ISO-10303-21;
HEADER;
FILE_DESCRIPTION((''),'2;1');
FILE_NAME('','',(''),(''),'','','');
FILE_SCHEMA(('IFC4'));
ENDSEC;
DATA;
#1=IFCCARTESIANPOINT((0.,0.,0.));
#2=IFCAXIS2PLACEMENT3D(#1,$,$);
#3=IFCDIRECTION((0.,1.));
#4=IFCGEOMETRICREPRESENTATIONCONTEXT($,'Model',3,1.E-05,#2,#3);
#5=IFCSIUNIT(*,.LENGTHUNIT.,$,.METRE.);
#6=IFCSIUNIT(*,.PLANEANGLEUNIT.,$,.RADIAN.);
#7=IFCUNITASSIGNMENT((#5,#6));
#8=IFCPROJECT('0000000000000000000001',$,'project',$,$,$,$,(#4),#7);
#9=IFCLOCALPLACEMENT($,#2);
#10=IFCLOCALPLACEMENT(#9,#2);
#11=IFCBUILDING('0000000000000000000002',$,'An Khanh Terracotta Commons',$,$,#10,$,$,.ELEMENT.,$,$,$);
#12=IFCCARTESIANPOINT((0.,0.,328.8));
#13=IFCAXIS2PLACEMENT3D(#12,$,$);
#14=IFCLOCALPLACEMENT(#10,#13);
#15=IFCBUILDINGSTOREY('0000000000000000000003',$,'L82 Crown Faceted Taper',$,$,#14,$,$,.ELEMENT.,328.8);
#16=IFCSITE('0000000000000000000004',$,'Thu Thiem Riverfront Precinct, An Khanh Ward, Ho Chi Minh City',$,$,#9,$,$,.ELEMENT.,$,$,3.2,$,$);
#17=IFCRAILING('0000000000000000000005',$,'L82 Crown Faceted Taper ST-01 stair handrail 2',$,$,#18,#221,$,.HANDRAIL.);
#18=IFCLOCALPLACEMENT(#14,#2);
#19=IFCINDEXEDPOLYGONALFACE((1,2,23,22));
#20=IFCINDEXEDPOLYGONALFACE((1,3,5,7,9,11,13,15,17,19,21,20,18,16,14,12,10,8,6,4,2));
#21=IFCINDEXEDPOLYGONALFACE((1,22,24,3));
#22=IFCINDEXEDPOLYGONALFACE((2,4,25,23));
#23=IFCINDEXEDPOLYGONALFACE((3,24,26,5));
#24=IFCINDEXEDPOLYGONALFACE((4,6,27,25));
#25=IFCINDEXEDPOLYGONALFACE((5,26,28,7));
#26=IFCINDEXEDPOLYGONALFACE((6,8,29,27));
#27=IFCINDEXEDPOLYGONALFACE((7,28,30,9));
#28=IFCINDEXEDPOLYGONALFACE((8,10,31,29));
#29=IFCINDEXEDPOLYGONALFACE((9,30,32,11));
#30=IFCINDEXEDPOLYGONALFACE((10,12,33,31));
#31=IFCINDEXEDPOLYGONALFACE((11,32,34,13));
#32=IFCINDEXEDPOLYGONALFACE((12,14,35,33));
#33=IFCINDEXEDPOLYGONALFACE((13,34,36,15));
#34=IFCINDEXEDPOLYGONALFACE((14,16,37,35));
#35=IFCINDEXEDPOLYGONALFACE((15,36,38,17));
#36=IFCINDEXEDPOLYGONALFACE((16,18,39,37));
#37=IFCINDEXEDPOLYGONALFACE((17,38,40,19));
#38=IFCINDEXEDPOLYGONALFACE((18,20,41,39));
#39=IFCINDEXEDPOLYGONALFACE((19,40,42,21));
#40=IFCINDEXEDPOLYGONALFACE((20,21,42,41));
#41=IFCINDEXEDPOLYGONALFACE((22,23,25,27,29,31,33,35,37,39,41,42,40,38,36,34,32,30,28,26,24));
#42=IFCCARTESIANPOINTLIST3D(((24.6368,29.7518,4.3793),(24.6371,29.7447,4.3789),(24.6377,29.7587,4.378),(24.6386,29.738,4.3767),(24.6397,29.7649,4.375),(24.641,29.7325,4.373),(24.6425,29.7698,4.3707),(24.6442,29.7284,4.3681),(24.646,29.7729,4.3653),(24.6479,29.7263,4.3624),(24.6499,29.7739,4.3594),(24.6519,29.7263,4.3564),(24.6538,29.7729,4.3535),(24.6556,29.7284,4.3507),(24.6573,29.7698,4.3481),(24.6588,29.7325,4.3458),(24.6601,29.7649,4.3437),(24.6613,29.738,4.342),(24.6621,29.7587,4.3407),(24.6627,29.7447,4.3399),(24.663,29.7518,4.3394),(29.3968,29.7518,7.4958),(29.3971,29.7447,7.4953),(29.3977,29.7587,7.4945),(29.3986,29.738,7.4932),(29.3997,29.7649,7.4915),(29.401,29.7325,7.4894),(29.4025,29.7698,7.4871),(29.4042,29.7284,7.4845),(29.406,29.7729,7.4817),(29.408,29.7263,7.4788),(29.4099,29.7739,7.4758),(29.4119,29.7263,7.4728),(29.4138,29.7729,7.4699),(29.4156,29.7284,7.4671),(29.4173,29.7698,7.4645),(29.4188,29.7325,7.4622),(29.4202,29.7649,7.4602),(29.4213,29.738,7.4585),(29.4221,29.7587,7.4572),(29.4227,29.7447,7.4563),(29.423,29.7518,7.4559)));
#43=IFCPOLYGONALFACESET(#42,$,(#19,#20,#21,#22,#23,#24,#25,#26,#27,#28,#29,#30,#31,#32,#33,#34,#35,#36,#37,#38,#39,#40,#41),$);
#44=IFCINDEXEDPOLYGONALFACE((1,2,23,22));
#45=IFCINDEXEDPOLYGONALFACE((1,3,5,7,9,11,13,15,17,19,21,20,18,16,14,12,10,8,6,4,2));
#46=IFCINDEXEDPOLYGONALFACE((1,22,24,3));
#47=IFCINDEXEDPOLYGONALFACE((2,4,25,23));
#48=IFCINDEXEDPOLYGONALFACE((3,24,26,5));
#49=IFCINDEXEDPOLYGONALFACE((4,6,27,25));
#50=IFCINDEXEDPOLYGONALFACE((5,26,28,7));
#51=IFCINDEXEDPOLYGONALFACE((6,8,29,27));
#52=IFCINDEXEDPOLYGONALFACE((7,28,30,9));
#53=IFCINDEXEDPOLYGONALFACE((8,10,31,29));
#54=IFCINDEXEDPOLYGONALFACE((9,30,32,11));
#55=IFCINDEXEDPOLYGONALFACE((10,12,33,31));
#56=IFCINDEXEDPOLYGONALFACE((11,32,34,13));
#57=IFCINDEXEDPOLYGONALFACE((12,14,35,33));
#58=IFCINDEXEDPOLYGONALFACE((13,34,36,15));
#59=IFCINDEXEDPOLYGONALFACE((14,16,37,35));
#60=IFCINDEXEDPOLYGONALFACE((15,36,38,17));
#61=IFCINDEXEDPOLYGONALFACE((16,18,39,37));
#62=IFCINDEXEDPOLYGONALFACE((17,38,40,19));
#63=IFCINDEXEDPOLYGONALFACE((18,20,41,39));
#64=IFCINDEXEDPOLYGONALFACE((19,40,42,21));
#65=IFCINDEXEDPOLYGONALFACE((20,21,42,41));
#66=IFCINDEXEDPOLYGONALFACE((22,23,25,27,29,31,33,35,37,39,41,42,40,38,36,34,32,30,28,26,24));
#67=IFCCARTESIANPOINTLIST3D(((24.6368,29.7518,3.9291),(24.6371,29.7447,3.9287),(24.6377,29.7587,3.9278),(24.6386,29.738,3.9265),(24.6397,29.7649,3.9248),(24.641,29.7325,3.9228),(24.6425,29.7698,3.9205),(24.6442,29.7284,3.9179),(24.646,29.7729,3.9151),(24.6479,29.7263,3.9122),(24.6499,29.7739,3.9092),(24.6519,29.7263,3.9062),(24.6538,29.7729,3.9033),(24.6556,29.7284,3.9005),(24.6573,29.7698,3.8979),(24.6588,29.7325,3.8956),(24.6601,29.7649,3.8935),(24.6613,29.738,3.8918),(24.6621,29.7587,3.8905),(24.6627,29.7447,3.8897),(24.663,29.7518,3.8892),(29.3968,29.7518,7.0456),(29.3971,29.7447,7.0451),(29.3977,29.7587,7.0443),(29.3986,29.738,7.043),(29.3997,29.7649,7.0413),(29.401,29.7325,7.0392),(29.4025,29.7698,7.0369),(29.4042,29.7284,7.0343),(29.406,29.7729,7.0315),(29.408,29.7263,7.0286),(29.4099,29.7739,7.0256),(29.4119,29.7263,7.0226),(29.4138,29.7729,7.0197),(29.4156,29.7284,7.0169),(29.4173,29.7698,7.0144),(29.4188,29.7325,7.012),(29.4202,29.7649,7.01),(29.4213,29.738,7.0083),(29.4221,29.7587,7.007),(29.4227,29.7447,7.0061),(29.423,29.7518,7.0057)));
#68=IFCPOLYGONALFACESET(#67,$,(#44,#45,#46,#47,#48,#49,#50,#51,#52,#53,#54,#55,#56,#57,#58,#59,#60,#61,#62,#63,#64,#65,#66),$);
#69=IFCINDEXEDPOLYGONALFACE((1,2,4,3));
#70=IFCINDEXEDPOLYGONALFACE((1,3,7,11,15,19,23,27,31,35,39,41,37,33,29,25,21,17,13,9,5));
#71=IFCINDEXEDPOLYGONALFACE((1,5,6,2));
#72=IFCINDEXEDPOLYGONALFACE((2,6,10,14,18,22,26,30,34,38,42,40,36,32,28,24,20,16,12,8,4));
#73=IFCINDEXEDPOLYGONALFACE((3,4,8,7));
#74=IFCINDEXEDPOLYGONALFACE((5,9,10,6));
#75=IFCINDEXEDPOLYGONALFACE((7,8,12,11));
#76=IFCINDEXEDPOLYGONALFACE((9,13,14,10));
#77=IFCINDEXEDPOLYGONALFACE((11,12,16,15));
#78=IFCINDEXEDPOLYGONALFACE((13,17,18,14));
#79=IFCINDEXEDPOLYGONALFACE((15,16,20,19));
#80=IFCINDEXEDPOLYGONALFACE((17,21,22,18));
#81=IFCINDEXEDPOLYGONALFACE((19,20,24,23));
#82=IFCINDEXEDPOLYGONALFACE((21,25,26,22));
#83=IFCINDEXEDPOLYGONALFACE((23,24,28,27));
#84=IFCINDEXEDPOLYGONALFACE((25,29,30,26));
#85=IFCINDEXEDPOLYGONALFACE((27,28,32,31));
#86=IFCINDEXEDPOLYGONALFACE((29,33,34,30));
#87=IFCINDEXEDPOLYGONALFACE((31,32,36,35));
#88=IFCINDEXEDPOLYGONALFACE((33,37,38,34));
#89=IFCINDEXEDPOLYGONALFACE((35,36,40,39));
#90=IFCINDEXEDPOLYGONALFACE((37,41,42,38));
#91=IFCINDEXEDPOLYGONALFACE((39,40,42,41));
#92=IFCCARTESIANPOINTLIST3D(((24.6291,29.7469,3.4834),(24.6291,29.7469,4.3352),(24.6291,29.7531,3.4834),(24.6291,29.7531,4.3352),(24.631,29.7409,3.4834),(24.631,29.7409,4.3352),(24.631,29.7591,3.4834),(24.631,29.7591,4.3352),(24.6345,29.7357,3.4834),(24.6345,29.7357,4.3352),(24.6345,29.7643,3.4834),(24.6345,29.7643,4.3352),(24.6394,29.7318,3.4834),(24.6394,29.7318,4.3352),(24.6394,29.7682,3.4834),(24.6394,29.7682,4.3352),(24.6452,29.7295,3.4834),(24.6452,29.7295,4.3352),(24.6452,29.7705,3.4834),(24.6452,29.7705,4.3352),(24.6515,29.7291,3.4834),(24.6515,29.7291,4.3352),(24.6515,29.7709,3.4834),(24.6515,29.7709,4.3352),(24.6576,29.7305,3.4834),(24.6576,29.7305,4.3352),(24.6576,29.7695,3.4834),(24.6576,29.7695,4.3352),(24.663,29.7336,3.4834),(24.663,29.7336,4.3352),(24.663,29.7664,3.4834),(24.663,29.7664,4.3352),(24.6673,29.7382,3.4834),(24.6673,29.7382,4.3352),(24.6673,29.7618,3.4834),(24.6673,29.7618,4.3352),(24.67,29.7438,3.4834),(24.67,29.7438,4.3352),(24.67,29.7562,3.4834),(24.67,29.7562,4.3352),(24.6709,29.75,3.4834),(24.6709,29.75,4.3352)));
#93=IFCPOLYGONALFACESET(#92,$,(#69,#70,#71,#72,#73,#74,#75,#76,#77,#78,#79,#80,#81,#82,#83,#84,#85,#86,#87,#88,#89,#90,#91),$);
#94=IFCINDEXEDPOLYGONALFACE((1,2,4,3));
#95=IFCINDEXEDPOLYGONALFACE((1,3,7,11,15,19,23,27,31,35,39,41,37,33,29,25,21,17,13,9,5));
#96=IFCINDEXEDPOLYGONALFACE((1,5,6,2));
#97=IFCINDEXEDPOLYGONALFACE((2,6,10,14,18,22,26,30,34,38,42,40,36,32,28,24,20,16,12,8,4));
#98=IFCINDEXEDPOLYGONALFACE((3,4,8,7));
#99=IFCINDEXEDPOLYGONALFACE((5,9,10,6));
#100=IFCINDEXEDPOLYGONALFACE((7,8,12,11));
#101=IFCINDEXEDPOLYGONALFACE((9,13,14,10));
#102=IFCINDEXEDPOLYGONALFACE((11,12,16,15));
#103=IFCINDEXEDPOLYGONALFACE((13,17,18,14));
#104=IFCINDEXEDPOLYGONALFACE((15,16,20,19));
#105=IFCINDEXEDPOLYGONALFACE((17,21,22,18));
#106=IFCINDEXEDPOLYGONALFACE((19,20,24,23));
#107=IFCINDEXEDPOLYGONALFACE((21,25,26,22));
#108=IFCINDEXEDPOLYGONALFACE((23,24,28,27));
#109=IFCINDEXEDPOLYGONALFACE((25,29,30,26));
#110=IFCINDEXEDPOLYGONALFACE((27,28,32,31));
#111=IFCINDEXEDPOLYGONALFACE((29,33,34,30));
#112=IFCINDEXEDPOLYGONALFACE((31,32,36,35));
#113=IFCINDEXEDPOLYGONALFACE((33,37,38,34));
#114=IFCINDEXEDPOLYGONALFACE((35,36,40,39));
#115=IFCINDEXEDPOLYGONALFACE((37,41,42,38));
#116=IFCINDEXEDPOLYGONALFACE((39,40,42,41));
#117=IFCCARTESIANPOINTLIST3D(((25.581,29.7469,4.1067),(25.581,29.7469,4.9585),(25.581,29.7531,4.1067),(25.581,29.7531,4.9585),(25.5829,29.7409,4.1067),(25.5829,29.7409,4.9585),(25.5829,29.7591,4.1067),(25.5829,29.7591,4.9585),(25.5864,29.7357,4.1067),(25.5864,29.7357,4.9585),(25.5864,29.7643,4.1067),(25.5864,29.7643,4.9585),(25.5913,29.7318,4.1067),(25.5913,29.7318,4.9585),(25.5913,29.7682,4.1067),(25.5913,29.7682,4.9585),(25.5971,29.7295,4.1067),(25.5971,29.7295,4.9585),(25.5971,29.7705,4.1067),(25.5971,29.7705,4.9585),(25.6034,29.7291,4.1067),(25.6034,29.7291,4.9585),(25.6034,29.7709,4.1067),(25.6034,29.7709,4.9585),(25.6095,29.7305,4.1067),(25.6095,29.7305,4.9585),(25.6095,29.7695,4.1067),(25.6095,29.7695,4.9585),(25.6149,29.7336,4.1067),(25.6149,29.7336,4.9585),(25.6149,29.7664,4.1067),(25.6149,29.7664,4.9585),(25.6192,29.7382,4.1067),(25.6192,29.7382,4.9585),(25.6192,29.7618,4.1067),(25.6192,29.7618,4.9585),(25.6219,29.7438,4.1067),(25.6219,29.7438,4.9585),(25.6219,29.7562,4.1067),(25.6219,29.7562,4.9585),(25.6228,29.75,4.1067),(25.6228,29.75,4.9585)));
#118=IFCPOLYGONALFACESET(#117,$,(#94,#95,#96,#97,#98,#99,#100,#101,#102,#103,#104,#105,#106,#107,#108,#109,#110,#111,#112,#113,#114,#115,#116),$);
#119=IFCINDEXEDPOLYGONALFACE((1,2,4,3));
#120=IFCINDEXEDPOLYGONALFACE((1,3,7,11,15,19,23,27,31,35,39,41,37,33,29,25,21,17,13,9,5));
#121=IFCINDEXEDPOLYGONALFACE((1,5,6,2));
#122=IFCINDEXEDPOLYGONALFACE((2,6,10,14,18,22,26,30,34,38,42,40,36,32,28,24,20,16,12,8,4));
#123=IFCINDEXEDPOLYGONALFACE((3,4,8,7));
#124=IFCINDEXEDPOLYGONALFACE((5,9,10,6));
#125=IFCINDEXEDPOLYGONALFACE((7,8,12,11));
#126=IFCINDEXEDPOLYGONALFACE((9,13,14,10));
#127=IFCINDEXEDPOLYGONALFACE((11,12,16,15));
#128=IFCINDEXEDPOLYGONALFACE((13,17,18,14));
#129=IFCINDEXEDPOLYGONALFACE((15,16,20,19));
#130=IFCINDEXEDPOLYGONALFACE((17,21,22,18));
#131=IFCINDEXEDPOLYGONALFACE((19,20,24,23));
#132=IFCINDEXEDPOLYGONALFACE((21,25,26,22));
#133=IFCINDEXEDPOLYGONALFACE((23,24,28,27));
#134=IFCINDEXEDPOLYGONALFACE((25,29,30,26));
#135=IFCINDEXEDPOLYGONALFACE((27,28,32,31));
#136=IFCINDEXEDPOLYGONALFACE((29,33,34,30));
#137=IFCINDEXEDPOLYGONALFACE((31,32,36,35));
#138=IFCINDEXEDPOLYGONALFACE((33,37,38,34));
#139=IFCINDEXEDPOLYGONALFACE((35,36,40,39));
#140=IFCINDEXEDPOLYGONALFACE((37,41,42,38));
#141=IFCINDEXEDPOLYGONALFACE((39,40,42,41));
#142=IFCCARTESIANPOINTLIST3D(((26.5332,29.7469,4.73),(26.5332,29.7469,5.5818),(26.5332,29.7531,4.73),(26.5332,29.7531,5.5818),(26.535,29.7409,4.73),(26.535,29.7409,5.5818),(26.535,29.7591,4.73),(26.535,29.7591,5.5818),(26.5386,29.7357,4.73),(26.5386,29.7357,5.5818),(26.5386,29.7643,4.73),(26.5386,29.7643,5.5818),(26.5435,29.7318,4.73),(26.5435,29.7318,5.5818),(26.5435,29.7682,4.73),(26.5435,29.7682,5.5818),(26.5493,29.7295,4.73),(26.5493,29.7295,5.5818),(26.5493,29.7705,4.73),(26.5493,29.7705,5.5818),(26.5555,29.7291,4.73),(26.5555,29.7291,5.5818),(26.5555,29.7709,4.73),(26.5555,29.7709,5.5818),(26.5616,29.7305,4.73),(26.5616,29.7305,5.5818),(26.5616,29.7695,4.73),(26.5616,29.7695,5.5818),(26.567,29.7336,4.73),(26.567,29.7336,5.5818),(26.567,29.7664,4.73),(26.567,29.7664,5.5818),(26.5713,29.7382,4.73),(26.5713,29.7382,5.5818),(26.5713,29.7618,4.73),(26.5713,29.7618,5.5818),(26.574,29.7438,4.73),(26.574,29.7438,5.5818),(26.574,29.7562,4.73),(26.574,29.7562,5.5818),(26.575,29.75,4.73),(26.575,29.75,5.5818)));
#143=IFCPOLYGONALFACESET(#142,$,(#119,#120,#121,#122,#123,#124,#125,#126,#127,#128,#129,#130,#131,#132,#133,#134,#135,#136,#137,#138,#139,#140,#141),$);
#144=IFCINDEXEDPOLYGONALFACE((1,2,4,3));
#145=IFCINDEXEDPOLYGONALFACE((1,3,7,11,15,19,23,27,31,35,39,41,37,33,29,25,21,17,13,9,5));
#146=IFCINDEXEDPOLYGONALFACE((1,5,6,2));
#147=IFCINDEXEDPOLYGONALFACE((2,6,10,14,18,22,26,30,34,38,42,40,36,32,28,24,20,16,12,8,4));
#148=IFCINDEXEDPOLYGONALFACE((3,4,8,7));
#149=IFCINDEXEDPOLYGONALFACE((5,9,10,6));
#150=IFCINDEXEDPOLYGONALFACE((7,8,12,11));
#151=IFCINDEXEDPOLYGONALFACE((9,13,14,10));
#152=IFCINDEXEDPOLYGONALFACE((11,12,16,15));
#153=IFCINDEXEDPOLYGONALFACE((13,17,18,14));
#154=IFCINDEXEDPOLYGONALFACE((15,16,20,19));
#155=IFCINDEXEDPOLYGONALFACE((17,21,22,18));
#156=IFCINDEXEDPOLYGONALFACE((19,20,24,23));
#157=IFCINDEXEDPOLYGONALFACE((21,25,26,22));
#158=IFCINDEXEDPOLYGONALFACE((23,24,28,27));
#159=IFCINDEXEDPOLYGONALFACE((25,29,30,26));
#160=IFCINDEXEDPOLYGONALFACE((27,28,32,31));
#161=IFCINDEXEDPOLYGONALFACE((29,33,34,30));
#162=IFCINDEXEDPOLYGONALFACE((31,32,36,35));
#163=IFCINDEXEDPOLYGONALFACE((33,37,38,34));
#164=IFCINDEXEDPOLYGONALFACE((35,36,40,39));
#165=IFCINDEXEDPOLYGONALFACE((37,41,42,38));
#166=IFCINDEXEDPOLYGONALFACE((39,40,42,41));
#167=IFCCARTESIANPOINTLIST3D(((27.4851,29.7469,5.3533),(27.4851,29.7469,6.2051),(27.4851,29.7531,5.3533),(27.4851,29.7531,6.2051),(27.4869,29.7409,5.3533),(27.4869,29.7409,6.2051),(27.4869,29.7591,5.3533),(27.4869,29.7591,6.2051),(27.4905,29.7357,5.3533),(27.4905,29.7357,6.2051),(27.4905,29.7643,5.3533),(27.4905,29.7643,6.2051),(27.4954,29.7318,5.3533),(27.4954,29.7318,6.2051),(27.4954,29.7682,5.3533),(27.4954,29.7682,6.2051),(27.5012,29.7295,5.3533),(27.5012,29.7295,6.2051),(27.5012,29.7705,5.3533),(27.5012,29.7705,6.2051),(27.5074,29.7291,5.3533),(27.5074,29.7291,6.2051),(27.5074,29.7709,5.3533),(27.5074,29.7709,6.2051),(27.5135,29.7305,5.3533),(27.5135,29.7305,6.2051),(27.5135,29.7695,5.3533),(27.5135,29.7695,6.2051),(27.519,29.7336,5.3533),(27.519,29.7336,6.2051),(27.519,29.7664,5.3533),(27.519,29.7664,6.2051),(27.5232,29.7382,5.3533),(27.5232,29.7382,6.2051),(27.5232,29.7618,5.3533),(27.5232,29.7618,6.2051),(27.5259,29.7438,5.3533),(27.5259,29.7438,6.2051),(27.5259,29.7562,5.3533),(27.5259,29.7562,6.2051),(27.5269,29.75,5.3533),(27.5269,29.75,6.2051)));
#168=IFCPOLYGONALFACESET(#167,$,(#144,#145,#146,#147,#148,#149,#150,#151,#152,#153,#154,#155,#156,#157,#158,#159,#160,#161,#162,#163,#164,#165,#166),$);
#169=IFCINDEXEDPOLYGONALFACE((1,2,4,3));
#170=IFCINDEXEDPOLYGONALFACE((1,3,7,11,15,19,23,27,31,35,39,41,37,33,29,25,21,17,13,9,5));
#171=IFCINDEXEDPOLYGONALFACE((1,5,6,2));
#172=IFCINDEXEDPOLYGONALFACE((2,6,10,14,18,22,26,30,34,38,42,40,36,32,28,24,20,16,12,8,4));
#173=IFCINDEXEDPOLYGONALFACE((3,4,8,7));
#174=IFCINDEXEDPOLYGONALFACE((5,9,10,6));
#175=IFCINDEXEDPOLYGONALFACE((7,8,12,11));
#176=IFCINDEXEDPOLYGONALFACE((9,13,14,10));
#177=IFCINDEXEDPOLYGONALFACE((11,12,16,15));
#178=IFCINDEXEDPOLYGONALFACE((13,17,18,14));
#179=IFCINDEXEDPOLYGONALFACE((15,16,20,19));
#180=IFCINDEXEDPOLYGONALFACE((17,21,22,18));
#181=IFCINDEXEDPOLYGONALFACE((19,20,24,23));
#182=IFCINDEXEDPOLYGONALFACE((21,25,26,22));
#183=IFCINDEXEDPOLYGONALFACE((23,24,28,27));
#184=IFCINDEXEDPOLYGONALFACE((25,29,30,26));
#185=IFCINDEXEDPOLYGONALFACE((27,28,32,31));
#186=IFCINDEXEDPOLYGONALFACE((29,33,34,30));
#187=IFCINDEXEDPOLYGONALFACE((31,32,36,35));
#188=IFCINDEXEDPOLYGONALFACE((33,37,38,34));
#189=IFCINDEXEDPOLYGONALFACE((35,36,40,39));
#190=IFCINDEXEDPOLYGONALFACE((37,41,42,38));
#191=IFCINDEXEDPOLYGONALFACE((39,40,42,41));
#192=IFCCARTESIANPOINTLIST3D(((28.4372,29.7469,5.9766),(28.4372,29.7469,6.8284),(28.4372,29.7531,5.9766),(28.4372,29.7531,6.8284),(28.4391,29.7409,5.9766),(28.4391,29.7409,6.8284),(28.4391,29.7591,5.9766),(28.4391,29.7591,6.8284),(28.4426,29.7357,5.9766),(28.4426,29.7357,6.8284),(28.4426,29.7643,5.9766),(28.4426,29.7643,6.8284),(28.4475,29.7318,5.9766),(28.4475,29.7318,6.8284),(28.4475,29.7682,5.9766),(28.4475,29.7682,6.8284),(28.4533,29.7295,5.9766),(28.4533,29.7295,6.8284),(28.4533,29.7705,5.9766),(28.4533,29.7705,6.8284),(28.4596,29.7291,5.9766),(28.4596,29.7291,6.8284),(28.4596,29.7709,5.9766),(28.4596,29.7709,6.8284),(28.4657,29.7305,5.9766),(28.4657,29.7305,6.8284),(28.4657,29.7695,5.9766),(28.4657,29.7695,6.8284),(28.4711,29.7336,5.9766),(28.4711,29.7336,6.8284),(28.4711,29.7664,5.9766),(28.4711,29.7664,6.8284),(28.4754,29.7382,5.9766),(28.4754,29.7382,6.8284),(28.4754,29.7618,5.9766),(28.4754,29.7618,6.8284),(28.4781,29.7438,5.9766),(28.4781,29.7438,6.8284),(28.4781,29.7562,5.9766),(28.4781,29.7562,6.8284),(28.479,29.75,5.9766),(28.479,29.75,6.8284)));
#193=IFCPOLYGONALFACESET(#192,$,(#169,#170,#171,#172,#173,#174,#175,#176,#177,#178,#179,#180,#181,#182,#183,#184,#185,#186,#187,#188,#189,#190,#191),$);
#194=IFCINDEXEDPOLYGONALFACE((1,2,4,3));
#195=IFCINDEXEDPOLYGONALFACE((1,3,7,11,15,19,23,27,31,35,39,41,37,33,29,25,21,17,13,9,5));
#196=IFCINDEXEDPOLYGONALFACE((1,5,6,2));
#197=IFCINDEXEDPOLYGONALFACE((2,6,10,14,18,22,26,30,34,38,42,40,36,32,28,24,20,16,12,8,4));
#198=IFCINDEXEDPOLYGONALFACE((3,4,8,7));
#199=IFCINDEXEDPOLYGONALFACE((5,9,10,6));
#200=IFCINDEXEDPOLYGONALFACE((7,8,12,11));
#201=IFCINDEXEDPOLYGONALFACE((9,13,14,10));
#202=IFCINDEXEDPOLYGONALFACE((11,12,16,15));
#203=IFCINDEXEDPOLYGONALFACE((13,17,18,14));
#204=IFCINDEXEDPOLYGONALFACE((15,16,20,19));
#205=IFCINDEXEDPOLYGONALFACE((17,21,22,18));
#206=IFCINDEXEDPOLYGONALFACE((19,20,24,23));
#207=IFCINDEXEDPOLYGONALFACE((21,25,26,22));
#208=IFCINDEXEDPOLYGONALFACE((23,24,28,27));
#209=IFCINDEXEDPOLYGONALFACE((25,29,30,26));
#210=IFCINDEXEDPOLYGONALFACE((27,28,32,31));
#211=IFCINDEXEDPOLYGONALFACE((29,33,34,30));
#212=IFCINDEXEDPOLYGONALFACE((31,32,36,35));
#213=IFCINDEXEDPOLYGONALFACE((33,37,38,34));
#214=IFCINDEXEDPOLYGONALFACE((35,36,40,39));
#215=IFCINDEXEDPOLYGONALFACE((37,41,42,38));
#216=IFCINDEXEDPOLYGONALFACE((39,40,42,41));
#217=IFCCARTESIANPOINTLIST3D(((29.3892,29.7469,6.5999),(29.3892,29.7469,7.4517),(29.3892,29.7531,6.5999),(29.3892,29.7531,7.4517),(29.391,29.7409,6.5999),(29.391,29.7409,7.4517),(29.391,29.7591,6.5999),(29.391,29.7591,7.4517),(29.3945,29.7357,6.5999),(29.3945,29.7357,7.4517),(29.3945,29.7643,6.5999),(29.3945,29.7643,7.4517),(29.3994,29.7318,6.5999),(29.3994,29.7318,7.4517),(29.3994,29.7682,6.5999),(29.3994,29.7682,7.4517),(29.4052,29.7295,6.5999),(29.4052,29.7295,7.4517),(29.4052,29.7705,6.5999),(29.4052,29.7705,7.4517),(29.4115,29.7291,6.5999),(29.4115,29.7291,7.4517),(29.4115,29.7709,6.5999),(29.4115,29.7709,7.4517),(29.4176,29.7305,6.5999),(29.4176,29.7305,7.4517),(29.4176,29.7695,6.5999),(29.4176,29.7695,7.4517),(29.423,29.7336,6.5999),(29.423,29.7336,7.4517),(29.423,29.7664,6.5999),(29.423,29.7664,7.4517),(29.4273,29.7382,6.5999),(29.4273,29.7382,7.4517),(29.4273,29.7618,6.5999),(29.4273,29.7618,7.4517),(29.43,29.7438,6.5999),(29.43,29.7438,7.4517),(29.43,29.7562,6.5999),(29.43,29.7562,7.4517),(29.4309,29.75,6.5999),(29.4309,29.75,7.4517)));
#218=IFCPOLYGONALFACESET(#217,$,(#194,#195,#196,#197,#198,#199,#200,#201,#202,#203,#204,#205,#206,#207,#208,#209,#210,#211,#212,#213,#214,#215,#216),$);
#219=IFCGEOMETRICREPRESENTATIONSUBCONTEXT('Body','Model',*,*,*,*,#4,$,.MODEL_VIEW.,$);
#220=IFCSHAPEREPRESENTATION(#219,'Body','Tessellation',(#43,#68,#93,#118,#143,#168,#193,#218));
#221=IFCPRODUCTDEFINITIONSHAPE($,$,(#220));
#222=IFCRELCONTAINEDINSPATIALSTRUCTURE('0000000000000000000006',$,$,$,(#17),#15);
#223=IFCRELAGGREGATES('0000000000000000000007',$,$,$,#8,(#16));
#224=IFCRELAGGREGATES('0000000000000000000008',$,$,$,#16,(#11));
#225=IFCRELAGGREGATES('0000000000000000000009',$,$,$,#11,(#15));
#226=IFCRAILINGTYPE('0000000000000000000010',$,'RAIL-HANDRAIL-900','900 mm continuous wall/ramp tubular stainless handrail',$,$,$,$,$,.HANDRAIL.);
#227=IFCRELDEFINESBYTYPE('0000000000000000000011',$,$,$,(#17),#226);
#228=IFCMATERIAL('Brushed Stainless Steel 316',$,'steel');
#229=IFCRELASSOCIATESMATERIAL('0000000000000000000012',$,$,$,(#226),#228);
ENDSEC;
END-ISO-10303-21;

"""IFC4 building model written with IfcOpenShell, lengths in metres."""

from ifc_helpers import new_model, si_unit, direction, frame, origin, origin_2d, place, context, subcontext, project, spatial, circle, extrude, material, type_object, element, save


model = new_model("IFC4")

# Units and contexts
model_context = context("Model", 3, precision=1e-05, world=origin(), true_north=direction((0.0, 1.0)))
body_context = subcontext(model_context, "Body", "Model", "MODEL_VIEW")
ifc_project = project(units=[si_unit("LENGTHUNIT", "METRE"), si_unit("PLANEANGLEUNIT", "RADIAN")], contexts=[model_context])

# Site, building, storey
site_placement = place(None, origin())
site = spatial("IfcSite", under=ifc_project, at=site_placement, Name="Thu Thiem Riverfront Precinct, An Khanh Ward, Ho Chi Minh City", CompositionType="ELEMENT", RefElevation=3.2)
building_placement = place(site_placement, origin())
building = spatial("IfcBuilding", under=site, at=building_placement, Name="An Khanh Terracotta Commons", CompositionType="ELEMENT")
storey_placement = place(building_placement, frame((0.0, 0.0, 328.8)))
storey = spatial("IfcBuildingStorey", under=building, at=storey_placement, Name="L82 Crown Faceted Taper", CompositionType="ELEMENT", Elevation=328.8)

# Railing
ifc_material_1 = material(Name="Brushed Stainless Steel 316", Category="steel")
railing_type_1 = type_object("IfcRailingType", Name="RAIL-HANDRAIL-900", Description="900 mm continuous wall/ramp tubular stainless handrail", PredefinedType="HANDRAIL", material=ifc_material_1)
railing_1_placement = place(storey_placement, frame((24.6499, 29.75, 3.4834)))
element("IfcRailing", 1, at=railing_1_placement, inside=storey, type_object=railing_type_1, Name="L82 Crown Faceted Taper ST-01 stair handrail 2", PredefinedType="HANDRAIL", context=body_context, shape_type="SweptSolid", body=[
    extrude(circle(Radius=0.0239, at=origin_2d()), frame((0.0, 0.0, 0.876), z_axis=(0.836636, 0.0, 0.547759), x_axis=(0.0, 1.0, 0.0)), (0.0, 0.0, 1.0), 5.6895),
    extrude(circle(Radius=0.0239, at=origin_2d()), frame((0.0, 0.0, 0.4258), z_axis=(0.836636, 0.0, 0.547759), x_axis=(0.0, 1.0, 0.0)), (0.0, 0.0, 1.0), 5.6895),
    extrude(circle(Radius=0.021, at=origin_2d()), origin(), (0.0, 0.0, 1.0), 0.8518),
    extrude(circle(Radius=0.021, at=origin_2d()), frame((0.9519, 0.0, 0.6233)), (0.0, 0.0, 1.0), 0.8518),
    extrude(circle(Radius=0.021, at=origin_2d()), frame((1.9041, 0.0, 1.2466)), (0.0, 0.0, 1.0), 0.8518),
    extrude(circle(Radius=0.021, at=origin_2d()), frame((2.856, 0.0, 1.8699)), (0.0, 0.0, 1.0), 0.8518),
    extrude(circle(Radius=0.021, at=origin_2d()), frame((3.8081, 0.0, 2.4932)), (0.0, 0.0, 1.0), 0.8518),
    extrude(circle(Radius=0.021, at=origin_2d()), frame((4.76, 0.0, 3.1165)), (0.0, 0.0, 1.0), 0.8518),
])

save(model, "model.ifc")
